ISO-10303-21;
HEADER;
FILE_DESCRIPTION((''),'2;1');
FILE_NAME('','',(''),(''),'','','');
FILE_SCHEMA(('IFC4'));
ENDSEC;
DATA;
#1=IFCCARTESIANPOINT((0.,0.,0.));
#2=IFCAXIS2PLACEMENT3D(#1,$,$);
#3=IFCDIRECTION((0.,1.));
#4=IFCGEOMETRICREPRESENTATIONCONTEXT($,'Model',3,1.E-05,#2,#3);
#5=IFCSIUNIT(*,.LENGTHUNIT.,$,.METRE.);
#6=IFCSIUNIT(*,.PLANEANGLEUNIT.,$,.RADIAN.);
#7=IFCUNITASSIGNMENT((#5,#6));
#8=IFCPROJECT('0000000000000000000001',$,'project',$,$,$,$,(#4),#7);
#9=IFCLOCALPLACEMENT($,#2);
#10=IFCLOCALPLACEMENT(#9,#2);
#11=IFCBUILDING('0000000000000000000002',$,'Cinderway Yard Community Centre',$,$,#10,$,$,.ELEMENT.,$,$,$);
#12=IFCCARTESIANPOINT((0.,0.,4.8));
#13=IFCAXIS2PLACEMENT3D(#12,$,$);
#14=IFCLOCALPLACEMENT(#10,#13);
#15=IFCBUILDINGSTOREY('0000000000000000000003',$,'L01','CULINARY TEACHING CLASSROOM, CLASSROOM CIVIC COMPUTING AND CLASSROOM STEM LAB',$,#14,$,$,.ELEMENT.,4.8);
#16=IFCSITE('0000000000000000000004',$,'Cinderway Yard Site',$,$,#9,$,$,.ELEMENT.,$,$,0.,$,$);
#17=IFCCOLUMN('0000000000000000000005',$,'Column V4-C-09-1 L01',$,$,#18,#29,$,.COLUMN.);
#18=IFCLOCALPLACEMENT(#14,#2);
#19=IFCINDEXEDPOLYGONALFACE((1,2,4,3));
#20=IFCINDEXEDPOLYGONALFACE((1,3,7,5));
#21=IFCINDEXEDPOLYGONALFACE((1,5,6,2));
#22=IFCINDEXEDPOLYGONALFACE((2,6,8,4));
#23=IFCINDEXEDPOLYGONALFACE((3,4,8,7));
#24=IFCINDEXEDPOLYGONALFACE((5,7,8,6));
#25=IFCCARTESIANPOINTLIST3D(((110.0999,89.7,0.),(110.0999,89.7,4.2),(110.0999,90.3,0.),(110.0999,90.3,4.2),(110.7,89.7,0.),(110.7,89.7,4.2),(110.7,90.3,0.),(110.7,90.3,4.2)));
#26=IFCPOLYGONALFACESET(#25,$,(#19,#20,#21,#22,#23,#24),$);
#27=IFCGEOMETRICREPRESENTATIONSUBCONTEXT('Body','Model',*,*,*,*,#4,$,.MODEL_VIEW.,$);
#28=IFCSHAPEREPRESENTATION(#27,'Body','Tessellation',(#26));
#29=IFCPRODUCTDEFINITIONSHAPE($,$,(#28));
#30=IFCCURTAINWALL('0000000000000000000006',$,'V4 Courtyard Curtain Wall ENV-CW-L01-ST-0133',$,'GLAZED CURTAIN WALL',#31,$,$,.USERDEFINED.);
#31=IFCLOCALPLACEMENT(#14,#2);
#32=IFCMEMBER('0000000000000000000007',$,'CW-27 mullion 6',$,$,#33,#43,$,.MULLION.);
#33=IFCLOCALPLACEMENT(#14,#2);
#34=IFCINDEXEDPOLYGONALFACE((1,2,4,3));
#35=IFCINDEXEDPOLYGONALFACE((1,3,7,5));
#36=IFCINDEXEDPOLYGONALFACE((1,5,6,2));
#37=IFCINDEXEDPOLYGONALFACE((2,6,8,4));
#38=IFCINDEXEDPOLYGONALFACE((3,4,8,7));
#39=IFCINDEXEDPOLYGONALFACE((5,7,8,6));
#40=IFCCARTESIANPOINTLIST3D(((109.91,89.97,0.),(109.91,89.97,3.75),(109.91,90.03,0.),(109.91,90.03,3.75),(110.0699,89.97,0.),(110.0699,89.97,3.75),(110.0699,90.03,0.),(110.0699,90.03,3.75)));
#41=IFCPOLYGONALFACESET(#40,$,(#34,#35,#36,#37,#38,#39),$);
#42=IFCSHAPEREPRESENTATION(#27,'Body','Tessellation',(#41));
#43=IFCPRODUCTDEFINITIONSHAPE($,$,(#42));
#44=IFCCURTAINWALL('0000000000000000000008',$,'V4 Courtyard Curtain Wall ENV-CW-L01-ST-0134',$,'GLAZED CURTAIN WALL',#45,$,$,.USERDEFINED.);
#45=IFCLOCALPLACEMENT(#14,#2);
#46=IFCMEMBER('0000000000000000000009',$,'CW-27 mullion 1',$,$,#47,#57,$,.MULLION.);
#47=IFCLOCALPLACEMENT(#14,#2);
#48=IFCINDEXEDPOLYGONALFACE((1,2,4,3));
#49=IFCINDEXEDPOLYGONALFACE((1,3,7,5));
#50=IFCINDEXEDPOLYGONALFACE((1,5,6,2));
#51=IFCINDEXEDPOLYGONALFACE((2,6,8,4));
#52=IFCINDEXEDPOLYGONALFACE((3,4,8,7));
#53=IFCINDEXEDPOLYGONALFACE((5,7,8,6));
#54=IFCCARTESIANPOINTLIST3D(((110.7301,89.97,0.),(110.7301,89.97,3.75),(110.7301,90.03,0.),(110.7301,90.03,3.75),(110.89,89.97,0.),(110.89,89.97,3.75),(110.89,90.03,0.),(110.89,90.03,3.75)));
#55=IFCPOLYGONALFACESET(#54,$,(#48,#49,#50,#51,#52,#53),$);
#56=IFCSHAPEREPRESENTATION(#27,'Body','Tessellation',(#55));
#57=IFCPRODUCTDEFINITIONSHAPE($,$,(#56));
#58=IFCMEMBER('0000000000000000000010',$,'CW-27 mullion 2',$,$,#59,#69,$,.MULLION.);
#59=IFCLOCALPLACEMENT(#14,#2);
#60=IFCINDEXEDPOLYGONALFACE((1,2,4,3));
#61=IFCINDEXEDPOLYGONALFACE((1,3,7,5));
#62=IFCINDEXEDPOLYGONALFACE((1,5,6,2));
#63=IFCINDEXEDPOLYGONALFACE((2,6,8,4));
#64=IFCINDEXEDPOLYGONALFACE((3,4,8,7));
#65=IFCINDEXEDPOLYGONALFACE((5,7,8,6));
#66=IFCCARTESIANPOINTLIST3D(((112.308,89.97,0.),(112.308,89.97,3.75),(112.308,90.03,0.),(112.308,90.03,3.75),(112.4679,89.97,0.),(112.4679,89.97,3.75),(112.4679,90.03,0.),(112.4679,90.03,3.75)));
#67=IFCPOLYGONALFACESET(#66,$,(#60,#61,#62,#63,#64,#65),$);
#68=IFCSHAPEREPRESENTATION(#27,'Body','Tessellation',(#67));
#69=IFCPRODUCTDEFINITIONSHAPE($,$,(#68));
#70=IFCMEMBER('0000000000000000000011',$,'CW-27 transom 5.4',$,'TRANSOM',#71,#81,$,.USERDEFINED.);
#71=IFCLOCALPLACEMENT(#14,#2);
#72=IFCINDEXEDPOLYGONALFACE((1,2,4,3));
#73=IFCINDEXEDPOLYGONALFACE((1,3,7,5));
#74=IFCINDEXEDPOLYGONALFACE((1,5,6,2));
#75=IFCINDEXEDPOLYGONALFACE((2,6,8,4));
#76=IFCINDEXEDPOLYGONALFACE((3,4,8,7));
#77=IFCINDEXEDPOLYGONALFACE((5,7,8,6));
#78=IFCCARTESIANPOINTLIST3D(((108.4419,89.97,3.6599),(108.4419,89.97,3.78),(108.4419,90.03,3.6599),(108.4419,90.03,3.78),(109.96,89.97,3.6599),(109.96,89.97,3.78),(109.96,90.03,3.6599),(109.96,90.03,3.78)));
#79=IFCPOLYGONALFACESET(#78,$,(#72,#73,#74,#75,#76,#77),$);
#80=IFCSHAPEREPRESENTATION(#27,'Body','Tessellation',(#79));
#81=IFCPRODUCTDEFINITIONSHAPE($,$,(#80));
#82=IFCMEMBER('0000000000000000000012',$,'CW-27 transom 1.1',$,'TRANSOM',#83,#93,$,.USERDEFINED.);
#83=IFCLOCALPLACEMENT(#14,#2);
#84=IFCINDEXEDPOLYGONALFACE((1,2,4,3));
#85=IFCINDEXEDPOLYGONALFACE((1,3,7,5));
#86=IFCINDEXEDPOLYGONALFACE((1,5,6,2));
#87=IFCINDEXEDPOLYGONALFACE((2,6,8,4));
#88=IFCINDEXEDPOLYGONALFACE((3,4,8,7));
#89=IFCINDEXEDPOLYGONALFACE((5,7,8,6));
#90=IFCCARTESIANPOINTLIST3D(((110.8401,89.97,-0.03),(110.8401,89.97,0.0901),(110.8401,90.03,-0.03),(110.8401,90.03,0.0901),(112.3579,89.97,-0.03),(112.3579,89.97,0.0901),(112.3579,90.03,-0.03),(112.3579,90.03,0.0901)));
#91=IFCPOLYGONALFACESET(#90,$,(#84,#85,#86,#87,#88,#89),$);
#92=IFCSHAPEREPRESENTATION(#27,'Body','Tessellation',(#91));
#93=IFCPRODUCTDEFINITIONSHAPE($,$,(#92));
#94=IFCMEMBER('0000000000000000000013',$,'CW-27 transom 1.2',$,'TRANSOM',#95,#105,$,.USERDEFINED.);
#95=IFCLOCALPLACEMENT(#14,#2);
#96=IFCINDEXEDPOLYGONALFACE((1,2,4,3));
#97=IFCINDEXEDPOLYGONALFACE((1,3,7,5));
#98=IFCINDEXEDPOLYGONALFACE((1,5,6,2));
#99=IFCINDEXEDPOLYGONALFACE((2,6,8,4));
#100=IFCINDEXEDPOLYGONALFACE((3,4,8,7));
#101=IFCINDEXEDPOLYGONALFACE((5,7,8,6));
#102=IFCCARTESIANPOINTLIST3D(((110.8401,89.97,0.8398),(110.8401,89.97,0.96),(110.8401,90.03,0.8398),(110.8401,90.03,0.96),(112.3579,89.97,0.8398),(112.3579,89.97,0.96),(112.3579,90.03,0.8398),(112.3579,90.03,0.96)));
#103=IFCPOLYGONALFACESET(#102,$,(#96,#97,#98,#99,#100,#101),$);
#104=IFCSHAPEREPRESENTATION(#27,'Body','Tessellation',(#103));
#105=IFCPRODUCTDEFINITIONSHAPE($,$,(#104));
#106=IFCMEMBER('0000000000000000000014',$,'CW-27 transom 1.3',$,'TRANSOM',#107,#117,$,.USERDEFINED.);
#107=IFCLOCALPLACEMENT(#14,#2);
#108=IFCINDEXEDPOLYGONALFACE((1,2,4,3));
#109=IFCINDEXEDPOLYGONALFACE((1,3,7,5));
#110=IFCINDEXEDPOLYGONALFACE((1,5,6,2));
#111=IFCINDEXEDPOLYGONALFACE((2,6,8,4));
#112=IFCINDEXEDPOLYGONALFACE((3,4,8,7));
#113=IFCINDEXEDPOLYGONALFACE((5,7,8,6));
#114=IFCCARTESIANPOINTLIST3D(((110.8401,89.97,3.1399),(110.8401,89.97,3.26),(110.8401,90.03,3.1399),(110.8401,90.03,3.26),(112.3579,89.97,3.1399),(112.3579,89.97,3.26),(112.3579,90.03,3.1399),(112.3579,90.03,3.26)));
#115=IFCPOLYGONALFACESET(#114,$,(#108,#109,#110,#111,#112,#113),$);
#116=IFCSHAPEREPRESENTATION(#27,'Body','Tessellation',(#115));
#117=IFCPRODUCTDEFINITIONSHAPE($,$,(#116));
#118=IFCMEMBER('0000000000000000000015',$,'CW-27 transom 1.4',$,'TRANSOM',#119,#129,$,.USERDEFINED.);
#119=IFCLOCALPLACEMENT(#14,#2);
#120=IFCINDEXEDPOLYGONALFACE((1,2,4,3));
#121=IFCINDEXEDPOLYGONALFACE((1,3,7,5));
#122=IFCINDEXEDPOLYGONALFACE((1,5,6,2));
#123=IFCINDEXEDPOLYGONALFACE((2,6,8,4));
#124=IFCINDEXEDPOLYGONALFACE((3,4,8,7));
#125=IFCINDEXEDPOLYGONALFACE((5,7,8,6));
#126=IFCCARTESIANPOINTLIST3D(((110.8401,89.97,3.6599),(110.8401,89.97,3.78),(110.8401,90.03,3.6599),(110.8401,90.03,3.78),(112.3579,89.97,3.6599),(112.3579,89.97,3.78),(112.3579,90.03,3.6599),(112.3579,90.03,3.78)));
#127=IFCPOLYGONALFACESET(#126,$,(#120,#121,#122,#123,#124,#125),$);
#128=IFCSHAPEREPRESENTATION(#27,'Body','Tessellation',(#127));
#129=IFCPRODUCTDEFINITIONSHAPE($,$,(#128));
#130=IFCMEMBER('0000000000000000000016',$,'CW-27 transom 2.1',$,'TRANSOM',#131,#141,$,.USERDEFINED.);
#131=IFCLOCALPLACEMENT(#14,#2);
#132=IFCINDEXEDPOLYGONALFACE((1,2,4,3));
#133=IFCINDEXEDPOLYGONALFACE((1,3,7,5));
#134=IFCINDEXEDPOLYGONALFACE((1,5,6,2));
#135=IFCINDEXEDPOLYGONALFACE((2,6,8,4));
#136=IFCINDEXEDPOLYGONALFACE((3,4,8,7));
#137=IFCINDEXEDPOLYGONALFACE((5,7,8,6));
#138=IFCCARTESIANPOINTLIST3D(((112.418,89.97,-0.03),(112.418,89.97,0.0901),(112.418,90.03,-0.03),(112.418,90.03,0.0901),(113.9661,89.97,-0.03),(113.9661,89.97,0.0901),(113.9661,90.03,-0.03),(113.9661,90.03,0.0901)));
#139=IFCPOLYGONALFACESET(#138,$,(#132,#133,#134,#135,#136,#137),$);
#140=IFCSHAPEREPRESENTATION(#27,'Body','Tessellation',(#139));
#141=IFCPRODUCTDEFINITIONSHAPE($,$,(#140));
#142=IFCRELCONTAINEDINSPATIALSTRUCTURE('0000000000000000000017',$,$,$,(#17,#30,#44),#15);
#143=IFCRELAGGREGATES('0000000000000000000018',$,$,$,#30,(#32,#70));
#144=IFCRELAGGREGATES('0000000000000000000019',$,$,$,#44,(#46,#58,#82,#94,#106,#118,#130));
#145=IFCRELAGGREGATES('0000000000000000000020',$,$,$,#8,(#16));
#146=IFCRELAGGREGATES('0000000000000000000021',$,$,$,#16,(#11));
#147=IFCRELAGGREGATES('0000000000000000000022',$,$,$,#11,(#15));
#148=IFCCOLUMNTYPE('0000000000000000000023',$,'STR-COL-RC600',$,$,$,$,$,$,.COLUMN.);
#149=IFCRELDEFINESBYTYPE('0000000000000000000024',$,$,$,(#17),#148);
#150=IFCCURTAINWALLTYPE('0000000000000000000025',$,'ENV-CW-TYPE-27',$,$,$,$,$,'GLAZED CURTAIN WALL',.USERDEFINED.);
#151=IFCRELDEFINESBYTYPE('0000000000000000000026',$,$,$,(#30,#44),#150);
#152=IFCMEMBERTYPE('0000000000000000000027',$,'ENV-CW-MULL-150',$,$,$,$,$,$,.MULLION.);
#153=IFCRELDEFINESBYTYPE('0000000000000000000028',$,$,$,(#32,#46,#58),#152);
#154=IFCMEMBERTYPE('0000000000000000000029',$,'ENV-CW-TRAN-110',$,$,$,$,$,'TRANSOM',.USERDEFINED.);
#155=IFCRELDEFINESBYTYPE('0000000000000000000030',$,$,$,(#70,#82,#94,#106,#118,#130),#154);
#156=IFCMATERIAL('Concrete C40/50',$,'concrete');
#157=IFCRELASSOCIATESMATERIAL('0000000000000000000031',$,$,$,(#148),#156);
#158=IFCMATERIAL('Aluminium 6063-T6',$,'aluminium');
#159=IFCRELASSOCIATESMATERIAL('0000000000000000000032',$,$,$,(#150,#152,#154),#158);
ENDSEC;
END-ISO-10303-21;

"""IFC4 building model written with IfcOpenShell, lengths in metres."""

from ifc_helpers import new_model, si_unit, direction, frame, origin, origin_2d, place, context, subcontext, project, spatial, rectangle, extrude, material, material_profile, profile_set, type_object, element, aggregate, save


model = new_model("IFC4")

# Units and contexts
model_context = context("Model", 3, precision=1e-05, world=origin(), true_north=direction((0.0, 1.0)))
body_context = subcontext(model_context, "Body", "Model", "MODEL_VIEW")
ifc_project = project(units=[si_unit("LENGTHUNIT", "METRE"), si_unit("PLANEANGLEUNIT", "RADIAN")], contexts=[model_context])

# Site, building, storey
site_placement = place(None, origin())
site = spatial("IfcSite", under=ifc_project, at=site_placement, Name="Cinderway Yard Site", CompositionType="ELEMENT", RefElevation=0.0)
building_placement = place(site_placement, origin())
building = spatial("IfcBuilding", under=site, at=building_placement, Name="Cinderway Yard Community Centre", CompositionType="ELEMENT")
storey_placement = place(building_placement, frame((0.0, 0.0, 4.8)))
storey = spatial("IfcBuildingStorey", under=building, at=storey_placement, Name="L01", Description="CULINARY TEACHING CLASSROOM, CLASSROOM CIVIC COMPUTING AND CLASSROOM STEM LAB", CompositionType="ELEMENT", Elevation=4.8)

# Column
ifc_material_1 = material(Name="Concrete C40/50", Category="concrete")
ifc_material_profile_1 = material_profile(ifc_material_1, rectangle(XDim=0.6001, YDim=0.6001, at=origin_2d()), Name="Concrete C40/50")
ifc_profile_set_1 = profile_set([ifc_material_profile_1], Name="Concrete C40/50")
column_type = type_object("IfcColumnType", Name="STR-COL-RC600", PredefinedType="COLUMN", material=ifc_profile_set_1)
column_placement = place(storey_placement, frame((110.3999, 90.0, 0.0), z_axis=(0.0, 0.0, 1.0), x_axis=(1.0, 0.0, 0.0)))
element("IfcColumn", 1, at=column_placement, inside=storey, type_object=column_type, Name="Column V4-C-09-1 L01", PredefinedType="COLUMN", context=body_context, shape_type="SweptSolid", body=[
    extrude(rectangle(XDim=0.6001, YDim=0.6001, at=origin_2d()), origin(), (0.0, 0.0, 1.0), 4.2),
])

# Curtain wall, member
ifc_material_2 = material(Name="Aluminium 6063-T6", Category="aluminium")
curtain_wall_type = type_object("IfcCurtainWallType", Name="ENV-CW-TYPE-27", ElementType="GLAZED CURTAIN WALL", PredefinedType="USERDEFINED", material=ifc_material_2)
curtain_wall_1_placement = place(storey_placement, origin())
curtain_wall_1 = element("IfcCurtainWall", 2, at=curtain_wall_1_placement, inside=storey, type_object=curtain_wall_type, Name="V4 Courtyard Curtain Wall ENV-CW-L01-ST-0133", ObjectType="GLAZED CURTAIN WALL", PredefinedType="USERDEFINED")
ifc_material_profile_2 = material_profile(ifc_material_2, rectangle(XDim=0.0601, YDim=0.1599, at=origin_2d()), Name="Aluminium 6063-T6")
ifc_profile_set_2 = profile_set([ifc_material_profile_2], Name="Aluminium 6063-T6")
member_type_1 = type_object("IfcMemberType", Name="ENV-CW-MULL-150", PredefinedType="MULLION", material=ifc_profile_set_2)
member_1_placement = place(storey_placement, frame((109.99, 90.0, 0.0), z_axis=(0.0, 0.0, 1.0), x_axis=(0.0, 1.0, 0.0)))
member_1 = element("IfcMember", 3, at=member_1_placement, type_object=member_type_1, Name="CW-27 mullion 6", PredefinedType="MULLION", context=body_context, shape_type="SweptSolid", body=[
    extrude(rectangle(XDim=0.0601, YDim=0.1599, at=origin_2d()), origin(), (0.0, 0.0, 1.0), 3.75),
])

# Curtain wall, members
curtain_wall_2_placement = place(storey_placement, origin())
curtain_wall_2 = element("IfcCurtainWall", 4, at=curtain_wall_2_placement, inside=storey, type_object=curtain_wall_type, Name="V4 Courtyard Curtain Wall ENV-CW-L01-ST-0134", ObjectType="GLAZED CURTAIN WALL", PredefinedType="USERDEFINED")
member_2_placement = place(storey_placement, frame((110.8101, 90.0, 0.0), z_axis=(0.0, 0.0, 1.0), x_axis=(0.0, 1.0, 0.0)))
member_2 = element("IfcMember", 5, at=member_2_placement, type_object=member_type_1, Name="CW-27 mullion 1", PredefinedType="MULLION", context=body_context, shape_type="SweptSolid", body=[
    extrude(rectangle(XDim=0.0601, YDim=0.1599, at=origin_2d()), origin(), (0.0, 0.0, 1.0), 3.75),
])
member_3_placement = place(storey_placement, frame((112.3879, 90.0, 0.0), z_axis=(0.0, 0.0, 1.0), x_axis=(0.0, 1.0, 0.0)))
member_3 = element("IfcMember", 6, at=member_3_placement, type_object=member_type_1, Name="CW-27 mullion 2", PredefinedType="MULLION", context=body_context, shape_type="SweptSolid", body=[
    extrude(rectangle(XDim=0.0601, YDim=0.1599, at=origin_2d()), origin(), (0.0, 0.0, 1.0), 3.75),
])

# Members
ifc_material_profile_3 = material_profile(ifc_material_2, rectangle(XDim=0.0601, YDim=0.1201, at=origin_2d()), Name="Aluminium 6063-T6")
ifc_profile_set_3 = profile_set([ifc_material_profile_3], Name="Aluminium 6063-T6")
member_type_2 = type_object("IfcMemberType", Name="ENV-CW-TRAN-110", ElementType="TRANSOM", PredefinedType="USERDEFINED", material=ifc_profile_set_3)
member_4_placement = place(storey_placement, frame((108.4419, 90.0, 3.72), z_axis=(1.0, 0.0, 0.0), x_axis=(0.0, 1.0, 0.0)))
member_4 = element("IfcMember", 7, at=member_4_placement, type_object=member_type_2, Name="CW-27 transom 5.4", ObjectType="TRANSOM", PredefinedType="USERDEFINED", context=body_context, shape_type="SweptSolid", body=[
    extrude(rectangle(XDim=0.0601, YDim=0.1201, at=origin_2d()), origin(), (0.0, 0.0, 1.0), 1.5181),
])
member_5_placement = place(storey_placement, frame((110.8401, 90.0, 0.03), z_axis=(1.0, 0.0, 0.0), x_axis=(0.0, 1.0, 0.0)))
member_5 = element("IfcMember", 8, at=member_5_placement, type_object=member_type_2, Name="CW-27 transom 1.1", ObjectType="TRANSOM", PredefinedType="USERDEFINED", context=body_context, shape_type="SweptSolid", body=[
    extrude(rectangle(XDim=0.0601, YDim=0.1201, at=origin_2d()), origin(), (0.0, 0.0, 1.0), 1.5178),
])
member_6_placement = place(storey_placement, frame((110.8401, 90.0, 0.8999), z_axis=(1.0, 0.0, 0.0), x_axis=(0.0, 1.0, 0.0)))
member_6 = element("IfcMember", 9, at=member_6_placement, type_object=member_type_2, Name="CW-27 transom 1.2", ObjectType="TRANSOM", PredefinedType="USERDEFINED", context=body_context, shape_type="SweptSolid", body=[
    extrude(rectangle(XDim=0.0601, YDim=0.1201, at=origin_2d()), origin(), (0.0, 0.0, 1.0), 1.5178),
])
member_7_placement = place(storey_placement, frame((110.8401, 90.0, 3.2), z_axis=(1.0, 0.0, 0.0), x_axis=(0.0, 1.0, 0.0)))
member_7 = element("IfcMember", 10, at=member_7_placement, type_object=member_type_2, Name="CW-27 transom 1.3", ObjectType="TRANSOM", PredefinedType="USERDEFINED", context=body_context, shape_type="SweptSolid", body=[
    extrude(rectangle(XDim=0.0601, YDim=0.1201, at=origin_2d()), origin(), (0.0, 0.0, 1.0), 1.5178),
])
member_8_placement = place(storey_placement, frame((110.8401, 90.0, 3.72), z_axis=(1.0, 0.0, 0.0), x_axis=(0.0, 1.0, 0.0)))
member_8 = element("IfcMember", 11, at=member_8_placement, type_object=member_type_2, Name="CW-27 transom 1.4", ObjectType="TRANSOM", PredefinedType="USERDEFINED", context=body_context, shape_type="SweptSolid", body=[
    extrude(rectangle(XDim=0.0601, YDim=0.1201, at=origin_2d()), origin(), (0.0, 0.0, 1.0), 1.5178),
])
member_9_placement = place(storey_placement, frame((112.418, 90.0, 0.03), z_axis=(1.0, 0.0, 0.0), x_axis=(0.0, 1.0, 0.0)))
member_9 = element("IfcMember", 12, at=member_9_placement, type_object=member_type_2, Name="CW-27 transom 2.1", ObjectType="TRANSOM", PredefinedType="USERDEFINED", context=body_context, shape_type="SweptSolid", body=[
    extrude(rectangle(XDim=0.0601, YDim=0.1201, at=origin_2d()), origin(), (0.0, 0.0, 1.0), 1.5481),
])

aggregate(curtain_wall_1, [member_1, member_4])
aggregate(curtain_wall_2, [member_2, member_3, member_5, member_6, member_7, member_8, member_9])

save(model, "model.ifc")
